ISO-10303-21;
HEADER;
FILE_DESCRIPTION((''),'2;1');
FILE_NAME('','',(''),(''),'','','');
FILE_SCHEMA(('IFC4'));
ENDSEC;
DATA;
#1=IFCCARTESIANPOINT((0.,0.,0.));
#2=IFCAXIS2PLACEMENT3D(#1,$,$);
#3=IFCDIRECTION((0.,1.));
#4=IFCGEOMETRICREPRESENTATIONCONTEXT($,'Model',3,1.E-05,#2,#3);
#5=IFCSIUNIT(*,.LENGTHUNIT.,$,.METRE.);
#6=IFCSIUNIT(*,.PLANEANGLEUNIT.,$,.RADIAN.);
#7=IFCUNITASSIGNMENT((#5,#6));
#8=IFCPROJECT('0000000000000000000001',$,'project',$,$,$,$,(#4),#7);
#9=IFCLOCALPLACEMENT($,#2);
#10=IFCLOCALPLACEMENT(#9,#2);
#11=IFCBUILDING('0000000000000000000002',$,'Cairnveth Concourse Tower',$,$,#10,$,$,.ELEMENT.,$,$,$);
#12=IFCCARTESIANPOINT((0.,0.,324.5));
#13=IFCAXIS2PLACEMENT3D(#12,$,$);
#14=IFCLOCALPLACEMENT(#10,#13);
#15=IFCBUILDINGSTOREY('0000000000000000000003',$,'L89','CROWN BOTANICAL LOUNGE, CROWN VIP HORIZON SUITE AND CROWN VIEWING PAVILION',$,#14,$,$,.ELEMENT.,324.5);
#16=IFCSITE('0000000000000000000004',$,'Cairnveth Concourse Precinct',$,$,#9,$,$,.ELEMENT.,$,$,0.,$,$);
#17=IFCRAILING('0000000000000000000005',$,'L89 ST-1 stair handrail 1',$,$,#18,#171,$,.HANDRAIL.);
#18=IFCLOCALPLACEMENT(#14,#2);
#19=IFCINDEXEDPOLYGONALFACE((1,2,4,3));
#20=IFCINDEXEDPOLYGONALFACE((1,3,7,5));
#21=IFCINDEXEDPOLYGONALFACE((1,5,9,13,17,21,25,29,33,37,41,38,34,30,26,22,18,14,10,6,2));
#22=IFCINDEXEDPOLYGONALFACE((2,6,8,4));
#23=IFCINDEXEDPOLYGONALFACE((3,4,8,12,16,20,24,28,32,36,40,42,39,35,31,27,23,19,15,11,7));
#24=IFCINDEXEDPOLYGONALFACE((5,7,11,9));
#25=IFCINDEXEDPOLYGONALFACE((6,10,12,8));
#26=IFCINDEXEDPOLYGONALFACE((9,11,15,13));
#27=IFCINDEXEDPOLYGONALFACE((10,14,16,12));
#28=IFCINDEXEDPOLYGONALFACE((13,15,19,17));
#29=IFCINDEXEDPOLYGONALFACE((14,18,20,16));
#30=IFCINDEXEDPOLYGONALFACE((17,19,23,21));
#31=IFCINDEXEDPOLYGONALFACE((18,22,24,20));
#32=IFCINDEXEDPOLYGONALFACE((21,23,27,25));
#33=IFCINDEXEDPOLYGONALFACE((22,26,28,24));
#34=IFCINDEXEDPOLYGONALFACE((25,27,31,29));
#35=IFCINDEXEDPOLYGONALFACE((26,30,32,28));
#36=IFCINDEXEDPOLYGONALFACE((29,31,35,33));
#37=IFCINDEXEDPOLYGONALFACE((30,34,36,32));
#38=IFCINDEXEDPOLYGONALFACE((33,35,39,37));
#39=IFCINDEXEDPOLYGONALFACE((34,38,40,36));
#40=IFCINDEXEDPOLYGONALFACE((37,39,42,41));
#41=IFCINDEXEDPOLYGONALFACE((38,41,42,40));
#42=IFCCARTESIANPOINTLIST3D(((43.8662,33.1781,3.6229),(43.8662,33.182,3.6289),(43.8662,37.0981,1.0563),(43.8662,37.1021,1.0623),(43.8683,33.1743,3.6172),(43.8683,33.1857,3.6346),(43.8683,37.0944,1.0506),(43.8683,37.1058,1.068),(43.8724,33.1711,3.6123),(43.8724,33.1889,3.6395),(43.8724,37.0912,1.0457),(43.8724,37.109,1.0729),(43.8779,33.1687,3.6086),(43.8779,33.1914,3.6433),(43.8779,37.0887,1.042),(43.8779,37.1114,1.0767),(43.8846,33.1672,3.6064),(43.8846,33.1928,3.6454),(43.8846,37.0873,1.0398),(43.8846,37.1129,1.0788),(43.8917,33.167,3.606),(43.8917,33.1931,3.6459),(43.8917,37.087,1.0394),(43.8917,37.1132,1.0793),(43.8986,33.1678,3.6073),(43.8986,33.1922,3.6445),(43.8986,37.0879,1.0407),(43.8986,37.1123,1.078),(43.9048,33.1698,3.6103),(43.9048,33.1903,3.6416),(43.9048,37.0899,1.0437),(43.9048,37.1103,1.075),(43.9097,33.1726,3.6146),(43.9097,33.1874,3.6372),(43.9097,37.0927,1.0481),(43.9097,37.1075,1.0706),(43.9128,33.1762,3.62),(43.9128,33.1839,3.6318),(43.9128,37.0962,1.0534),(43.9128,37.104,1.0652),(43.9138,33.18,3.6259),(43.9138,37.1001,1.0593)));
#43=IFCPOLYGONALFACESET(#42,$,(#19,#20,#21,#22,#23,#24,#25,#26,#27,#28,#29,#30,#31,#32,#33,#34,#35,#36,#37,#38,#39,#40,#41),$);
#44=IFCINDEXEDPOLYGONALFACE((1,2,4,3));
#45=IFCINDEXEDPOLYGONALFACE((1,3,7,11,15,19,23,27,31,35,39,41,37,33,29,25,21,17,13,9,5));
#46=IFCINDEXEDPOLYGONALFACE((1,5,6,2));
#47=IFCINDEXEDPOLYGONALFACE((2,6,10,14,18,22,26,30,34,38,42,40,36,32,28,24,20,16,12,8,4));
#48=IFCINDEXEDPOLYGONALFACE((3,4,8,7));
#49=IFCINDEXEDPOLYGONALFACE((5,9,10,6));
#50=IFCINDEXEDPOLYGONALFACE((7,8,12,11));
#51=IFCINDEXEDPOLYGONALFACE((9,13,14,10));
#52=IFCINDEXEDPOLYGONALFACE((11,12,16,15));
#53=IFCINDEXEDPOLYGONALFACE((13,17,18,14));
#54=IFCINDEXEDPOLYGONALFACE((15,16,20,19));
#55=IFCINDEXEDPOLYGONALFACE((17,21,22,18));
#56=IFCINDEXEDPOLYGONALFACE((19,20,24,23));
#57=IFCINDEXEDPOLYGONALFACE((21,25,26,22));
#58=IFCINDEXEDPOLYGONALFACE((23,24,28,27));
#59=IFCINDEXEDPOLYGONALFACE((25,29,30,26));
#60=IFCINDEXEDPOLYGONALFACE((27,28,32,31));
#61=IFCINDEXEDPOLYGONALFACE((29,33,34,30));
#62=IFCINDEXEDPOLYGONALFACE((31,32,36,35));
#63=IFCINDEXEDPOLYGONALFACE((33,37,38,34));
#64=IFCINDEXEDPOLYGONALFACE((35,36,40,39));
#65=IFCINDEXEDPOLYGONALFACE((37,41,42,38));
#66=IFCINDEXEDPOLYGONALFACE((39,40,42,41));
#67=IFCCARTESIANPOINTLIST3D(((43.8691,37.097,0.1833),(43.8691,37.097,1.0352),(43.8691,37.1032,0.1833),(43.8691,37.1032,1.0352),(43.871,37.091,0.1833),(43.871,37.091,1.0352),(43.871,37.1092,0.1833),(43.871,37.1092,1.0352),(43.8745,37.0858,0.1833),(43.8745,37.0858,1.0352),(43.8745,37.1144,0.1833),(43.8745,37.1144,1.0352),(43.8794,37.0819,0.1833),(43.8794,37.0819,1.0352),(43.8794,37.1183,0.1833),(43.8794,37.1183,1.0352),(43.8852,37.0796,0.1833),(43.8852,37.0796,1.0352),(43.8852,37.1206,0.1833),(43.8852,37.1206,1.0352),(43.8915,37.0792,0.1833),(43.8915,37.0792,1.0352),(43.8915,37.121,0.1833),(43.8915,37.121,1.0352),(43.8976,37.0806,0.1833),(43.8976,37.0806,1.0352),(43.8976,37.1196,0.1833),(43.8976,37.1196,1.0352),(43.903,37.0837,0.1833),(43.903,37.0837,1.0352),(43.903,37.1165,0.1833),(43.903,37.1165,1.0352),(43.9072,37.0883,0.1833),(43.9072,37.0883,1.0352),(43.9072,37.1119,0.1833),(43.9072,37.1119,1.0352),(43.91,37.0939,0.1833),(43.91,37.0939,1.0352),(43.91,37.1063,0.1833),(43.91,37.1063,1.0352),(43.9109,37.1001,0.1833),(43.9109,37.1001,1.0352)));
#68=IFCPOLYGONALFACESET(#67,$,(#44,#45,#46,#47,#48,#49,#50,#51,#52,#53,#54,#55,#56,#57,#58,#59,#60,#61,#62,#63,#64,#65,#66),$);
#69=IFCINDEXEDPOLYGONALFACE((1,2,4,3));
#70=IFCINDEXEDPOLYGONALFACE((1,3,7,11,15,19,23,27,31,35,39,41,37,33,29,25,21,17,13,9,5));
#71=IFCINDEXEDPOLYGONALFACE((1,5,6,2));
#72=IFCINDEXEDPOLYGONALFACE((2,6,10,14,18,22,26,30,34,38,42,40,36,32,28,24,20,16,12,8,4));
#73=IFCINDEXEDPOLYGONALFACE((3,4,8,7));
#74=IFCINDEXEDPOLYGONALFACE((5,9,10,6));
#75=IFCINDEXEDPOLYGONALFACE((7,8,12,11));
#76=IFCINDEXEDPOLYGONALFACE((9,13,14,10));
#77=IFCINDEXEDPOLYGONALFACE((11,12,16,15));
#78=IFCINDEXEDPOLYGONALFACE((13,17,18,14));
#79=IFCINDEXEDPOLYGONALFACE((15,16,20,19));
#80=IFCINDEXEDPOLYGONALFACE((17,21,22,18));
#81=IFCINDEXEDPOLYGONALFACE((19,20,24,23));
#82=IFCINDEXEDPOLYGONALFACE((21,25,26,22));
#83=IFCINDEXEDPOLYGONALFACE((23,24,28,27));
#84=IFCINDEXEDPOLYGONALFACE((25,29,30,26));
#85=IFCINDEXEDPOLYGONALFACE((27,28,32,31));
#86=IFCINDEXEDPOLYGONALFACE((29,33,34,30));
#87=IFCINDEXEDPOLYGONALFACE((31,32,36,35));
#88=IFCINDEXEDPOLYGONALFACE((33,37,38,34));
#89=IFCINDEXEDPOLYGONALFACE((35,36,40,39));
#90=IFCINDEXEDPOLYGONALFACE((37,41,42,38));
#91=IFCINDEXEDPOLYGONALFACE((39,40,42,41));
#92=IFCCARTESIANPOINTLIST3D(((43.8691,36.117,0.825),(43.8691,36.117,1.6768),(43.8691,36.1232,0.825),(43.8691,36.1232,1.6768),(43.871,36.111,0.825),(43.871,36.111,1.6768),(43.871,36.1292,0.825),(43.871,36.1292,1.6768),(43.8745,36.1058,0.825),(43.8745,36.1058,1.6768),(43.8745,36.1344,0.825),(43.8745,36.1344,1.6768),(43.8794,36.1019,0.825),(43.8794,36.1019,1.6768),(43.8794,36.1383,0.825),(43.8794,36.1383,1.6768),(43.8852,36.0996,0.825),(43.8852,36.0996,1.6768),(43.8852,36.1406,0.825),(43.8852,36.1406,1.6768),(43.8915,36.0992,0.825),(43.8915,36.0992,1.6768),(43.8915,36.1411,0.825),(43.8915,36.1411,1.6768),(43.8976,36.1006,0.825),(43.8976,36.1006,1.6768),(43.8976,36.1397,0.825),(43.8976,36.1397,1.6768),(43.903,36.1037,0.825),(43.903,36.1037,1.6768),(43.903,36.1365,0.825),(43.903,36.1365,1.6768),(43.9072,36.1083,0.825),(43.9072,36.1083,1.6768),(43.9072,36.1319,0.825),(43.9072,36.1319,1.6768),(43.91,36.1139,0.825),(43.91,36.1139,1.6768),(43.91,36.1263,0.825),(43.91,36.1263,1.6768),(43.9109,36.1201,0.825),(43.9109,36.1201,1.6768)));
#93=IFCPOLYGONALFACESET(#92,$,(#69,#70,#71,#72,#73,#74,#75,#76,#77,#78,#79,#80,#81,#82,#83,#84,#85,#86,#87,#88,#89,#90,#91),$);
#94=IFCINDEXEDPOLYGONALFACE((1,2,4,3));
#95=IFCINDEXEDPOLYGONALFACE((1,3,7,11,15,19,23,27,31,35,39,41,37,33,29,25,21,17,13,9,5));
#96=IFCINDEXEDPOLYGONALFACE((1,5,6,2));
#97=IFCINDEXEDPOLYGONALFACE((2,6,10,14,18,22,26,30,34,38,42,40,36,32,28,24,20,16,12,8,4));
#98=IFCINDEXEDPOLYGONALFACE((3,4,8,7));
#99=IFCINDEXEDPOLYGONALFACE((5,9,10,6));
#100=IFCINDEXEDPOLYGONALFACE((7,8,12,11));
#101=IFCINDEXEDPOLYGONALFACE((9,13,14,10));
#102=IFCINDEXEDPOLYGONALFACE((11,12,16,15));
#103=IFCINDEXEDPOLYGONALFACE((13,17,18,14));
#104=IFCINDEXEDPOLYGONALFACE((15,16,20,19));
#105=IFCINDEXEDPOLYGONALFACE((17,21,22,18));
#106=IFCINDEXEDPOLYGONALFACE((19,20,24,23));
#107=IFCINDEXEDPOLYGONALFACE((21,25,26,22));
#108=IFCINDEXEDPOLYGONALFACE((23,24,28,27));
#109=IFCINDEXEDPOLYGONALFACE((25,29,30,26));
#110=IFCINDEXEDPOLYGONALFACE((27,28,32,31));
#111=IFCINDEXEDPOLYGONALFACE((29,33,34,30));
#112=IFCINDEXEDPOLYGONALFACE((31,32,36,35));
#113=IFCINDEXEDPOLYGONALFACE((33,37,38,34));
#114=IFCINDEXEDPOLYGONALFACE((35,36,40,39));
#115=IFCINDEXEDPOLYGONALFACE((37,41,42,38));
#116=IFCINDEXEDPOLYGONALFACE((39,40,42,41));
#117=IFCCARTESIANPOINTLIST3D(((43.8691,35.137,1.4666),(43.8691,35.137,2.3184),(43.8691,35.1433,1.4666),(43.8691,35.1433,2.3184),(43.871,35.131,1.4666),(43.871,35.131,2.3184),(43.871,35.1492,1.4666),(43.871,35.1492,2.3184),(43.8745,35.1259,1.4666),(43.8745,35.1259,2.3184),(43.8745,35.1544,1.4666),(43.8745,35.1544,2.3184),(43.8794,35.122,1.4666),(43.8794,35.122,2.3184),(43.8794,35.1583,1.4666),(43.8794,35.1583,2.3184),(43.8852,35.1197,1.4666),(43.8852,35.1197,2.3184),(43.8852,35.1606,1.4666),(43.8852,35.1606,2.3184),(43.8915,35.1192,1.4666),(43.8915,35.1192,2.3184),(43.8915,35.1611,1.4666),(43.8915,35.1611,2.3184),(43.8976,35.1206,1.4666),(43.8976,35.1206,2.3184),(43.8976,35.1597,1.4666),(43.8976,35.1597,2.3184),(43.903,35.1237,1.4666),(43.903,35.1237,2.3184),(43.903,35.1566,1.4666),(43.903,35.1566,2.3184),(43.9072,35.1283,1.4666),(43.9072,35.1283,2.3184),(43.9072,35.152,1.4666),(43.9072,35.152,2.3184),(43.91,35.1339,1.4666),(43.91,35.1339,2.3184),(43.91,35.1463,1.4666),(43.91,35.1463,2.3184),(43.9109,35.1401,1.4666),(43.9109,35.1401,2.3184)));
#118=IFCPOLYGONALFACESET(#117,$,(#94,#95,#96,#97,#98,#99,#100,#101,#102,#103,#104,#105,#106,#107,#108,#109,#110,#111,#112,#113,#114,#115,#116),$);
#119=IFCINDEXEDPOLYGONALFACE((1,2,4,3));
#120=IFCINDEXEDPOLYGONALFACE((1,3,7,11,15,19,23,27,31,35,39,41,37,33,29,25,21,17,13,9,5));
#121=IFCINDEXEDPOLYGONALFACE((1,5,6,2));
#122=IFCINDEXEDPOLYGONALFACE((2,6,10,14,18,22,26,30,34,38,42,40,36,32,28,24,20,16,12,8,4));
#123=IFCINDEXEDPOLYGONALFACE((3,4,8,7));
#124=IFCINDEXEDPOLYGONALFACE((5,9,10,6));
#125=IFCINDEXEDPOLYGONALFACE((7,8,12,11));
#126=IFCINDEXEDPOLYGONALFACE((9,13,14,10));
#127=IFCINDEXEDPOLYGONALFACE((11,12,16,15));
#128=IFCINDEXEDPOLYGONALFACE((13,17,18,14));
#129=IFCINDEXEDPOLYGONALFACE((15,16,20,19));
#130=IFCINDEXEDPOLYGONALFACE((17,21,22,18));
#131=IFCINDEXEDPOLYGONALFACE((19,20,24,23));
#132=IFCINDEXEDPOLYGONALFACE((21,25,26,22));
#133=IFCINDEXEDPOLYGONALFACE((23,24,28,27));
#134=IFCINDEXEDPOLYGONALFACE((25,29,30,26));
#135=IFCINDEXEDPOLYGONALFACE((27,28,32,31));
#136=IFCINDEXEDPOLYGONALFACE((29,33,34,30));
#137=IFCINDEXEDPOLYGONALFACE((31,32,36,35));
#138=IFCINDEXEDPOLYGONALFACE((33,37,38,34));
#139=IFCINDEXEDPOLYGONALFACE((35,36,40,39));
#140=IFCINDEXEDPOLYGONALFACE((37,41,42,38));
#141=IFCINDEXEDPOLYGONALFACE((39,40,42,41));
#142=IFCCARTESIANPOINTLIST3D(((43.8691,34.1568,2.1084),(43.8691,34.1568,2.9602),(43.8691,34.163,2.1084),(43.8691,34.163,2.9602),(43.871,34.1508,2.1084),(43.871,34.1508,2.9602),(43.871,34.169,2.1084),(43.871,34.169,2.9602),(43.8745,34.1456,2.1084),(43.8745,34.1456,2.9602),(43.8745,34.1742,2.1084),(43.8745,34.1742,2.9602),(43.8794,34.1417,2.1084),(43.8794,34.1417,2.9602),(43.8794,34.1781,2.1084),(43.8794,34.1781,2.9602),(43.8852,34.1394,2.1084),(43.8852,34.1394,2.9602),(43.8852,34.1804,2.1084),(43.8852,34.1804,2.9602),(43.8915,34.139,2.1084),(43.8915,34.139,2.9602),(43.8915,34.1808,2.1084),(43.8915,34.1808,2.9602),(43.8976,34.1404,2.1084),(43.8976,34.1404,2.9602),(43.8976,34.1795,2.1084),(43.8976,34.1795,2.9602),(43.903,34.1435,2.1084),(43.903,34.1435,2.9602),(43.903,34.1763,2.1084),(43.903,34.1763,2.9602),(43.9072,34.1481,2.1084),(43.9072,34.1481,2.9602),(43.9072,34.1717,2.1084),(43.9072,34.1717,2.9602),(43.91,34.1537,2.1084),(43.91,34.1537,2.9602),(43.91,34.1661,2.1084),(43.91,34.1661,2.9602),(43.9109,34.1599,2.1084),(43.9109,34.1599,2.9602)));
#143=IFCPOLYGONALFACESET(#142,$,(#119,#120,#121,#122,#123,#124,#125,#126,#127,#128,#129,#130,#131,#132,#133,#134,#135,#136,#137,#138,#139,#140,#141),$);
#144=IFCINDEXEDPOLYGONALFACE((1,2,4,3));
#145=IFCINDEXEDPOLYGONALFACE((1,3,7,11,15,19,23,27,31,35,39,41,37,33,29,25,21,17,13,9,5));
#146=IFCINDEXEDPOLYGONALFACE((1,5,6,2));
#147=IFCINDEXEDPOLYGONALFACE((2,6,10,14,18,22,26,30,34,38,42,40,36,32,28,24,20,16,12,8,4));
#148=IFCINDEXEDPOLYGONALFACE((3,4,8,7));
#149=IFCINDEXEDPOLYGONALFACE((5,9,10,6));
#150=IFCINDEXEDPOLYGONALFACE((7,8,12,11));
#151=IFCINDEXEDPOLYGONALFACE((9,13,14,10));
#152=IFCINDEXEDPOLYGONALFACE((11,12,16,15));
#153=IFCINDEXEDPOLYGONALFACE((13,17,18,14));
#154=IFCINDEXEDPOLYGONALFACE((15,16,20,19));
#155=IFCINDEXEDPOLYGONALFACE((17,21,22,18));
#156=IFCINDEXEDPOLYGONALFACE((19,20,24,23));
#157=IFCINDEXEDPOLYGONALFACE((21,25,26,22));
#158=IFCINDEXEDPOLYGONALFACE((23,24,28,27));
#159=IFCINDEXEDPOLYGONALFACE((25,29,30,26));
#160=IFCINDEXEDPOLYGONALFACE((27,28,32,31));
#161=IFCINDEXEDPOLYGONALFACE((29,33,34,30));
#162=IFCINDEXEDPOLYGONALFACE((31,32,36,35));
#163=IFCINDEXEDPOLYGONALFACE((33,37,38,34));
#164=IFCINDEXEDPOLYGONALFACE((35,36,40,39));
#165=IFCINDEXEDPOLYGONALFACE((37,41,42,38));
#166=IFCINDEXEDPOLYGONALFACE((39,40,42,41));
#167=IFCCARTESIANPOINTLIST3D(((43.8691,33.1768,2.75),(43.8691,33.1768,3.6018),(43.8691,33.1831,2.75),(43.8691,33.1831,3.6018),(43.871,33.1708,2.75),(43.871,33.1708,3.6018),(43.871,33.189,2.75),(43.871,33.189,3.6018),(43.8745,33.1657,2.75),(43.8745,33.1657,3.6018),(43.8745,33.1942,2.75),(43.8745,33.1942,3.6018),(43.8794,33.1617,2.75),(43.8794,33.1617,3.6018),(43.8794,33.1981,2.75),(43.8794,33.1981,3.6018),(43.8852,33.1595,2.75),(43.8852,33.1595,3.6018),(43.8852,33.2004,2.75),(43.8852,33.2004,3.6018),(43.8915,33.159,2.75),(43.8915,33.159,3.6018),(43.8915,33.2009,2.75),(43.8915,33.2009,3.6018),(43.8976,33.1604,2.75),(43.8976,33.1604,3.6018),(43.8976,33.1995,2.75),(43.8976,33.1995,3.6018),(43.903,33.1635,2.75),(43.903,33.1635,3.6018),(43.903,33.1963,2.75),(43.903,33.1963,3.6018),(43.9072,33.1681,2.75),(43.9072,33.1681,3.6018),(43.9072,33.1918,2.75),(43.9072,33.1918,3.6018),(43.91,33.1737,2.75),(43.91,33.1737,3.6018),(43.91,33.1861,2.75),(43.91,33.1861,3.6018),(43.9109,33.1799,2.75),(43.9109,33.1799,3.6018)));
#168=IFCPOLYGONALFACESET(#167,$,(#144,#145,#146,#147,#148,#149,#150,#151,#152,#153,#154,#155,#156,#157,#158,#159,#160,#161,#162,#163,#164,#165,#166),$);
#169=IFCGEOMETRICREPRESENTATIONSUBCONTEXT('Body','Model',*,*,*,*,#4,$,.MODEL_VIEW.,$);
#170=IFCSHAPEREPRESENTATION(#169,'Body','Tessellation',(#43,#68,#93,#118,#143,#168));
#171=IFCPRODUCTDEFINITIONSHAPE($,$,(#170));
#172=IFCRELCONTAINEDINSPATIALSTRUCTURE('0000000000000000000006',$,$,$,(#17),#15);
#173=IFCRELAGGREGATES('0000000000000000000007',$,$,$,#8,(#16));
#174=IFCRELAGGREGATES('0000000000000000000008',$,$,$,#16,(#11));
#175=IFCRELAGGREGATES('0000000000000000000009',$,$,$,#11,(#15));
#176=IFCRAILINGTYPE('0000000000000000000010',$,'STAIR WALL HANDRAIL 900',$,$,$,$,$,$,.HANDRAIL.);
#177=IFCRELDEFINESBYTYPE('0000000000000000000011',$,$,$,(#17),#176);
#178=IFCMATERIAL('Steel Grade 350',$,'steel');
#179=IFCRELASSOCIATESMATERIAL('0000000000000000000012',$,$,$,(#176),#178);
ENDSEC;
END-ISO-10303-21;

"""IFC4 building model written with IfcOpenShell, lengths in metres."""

from ifc_helpers import new_model, si_unit, direction, frame, origin, origin_2d, place, context, subcontext, project, spatial, circle, extrude, material, type_object, element, save


model = new_model("IFC4")

# Units and contexts
model_context = context("Model", 3, precision=1e-05, world=origin(), true_north=direction((0.0, 1.0)))
body_context = subcontext(model_context, "Body", "Model", "MODEL_VIEW")
ifc_project = project(units=[si_unit("LENGTHUNIT", "METRE"), si_unit("PLANEANGLEUNIT", "RADIAN")], contexts=[model_context])

# Site, building, storey
site_placement = place(None, origin())
site = spatial("IfcSite", under=ifc_project, at=site_placement, Name="Cairnveth Concourse Precinct", CompositionType="ELEMENT", RefElevation=0.0)
building_placement = place(site_placement, origin())
building = spatial("IfcBuilding", under=site, at=building_placement, Name="Cairnveth Concourse Tower", CompositionType="ELEMENT")
storey_placement = place(building_placement, frame((0.0, 0.0, 324.5)))
storey = spatial("IfcBuildingStorey", under=building, at=storey_placement, Name="L89", Description="CROWN BOTANICAL LOUNGE, CROWN VIP HORIZON SUITE AND CROWN VIEWING PAVILION", CompositionType="ELEMENT", Elevation=324.5)

# Shared definitions
ifc_material_1 = material(Name="Steel Grade 350", Category="steel")

# Railing
railing_type_1 = type_object("IfcRailingType", Name="STAIR WALL HANDRAIL 900", PredefinedType="HANDRAIL", material=ifc_material_1)
railing_1_placement = place(storey_placement, frame((43.8899, 37.1001, 0.1833)))
element("IfcRailing", 1, at=railing_1_placement, inside=storey, type_object=railing_type_1, Name="L89 ST-1 stair handrail 1", PredefinedType="HANDRAIL", context=body_context, shape_type="SweptSolid", body=[
    extrude(circle(Radius=0.0239, at=origin_2d()), frame((0.0, 0.0, 0.876), z_axis=(0.0, -0.836631, 0.547767), x_axis=(1.0, 0.0, 0.0)), (0.0, 0.0, 1.0), 4.6855),
    extrude(circle(Radius=0.021, at=origin_2d()), origin(), (0.0, 0.0, 1.0), 0.8518),
    extrude(circle(Radius=0.021, at=origin_2d()), frame((0.0, -0.98, 0.6416)), (0.0, 0.0, 1.0), 0.8518),
    extrude(circle(Radius=0.021, at=origin_2d()), frame((0.0, -1.96, 1.2832)), (0.0, 0.0, 1.0), 0.8518),
    extrude(circle(Radius=0.021, at=origin_2d()), frame((0.0, -2.9402, 1.925)), (0.0, 0.0, 1.0), 0.8518),
    extrude(circle(Radius=0.021, at=origin_2d()), frame((0.0, -3.9202, 2.5667)), (0.0, 0.0, 1.0), 0.8518),
])

save(model, "model.ifc")
